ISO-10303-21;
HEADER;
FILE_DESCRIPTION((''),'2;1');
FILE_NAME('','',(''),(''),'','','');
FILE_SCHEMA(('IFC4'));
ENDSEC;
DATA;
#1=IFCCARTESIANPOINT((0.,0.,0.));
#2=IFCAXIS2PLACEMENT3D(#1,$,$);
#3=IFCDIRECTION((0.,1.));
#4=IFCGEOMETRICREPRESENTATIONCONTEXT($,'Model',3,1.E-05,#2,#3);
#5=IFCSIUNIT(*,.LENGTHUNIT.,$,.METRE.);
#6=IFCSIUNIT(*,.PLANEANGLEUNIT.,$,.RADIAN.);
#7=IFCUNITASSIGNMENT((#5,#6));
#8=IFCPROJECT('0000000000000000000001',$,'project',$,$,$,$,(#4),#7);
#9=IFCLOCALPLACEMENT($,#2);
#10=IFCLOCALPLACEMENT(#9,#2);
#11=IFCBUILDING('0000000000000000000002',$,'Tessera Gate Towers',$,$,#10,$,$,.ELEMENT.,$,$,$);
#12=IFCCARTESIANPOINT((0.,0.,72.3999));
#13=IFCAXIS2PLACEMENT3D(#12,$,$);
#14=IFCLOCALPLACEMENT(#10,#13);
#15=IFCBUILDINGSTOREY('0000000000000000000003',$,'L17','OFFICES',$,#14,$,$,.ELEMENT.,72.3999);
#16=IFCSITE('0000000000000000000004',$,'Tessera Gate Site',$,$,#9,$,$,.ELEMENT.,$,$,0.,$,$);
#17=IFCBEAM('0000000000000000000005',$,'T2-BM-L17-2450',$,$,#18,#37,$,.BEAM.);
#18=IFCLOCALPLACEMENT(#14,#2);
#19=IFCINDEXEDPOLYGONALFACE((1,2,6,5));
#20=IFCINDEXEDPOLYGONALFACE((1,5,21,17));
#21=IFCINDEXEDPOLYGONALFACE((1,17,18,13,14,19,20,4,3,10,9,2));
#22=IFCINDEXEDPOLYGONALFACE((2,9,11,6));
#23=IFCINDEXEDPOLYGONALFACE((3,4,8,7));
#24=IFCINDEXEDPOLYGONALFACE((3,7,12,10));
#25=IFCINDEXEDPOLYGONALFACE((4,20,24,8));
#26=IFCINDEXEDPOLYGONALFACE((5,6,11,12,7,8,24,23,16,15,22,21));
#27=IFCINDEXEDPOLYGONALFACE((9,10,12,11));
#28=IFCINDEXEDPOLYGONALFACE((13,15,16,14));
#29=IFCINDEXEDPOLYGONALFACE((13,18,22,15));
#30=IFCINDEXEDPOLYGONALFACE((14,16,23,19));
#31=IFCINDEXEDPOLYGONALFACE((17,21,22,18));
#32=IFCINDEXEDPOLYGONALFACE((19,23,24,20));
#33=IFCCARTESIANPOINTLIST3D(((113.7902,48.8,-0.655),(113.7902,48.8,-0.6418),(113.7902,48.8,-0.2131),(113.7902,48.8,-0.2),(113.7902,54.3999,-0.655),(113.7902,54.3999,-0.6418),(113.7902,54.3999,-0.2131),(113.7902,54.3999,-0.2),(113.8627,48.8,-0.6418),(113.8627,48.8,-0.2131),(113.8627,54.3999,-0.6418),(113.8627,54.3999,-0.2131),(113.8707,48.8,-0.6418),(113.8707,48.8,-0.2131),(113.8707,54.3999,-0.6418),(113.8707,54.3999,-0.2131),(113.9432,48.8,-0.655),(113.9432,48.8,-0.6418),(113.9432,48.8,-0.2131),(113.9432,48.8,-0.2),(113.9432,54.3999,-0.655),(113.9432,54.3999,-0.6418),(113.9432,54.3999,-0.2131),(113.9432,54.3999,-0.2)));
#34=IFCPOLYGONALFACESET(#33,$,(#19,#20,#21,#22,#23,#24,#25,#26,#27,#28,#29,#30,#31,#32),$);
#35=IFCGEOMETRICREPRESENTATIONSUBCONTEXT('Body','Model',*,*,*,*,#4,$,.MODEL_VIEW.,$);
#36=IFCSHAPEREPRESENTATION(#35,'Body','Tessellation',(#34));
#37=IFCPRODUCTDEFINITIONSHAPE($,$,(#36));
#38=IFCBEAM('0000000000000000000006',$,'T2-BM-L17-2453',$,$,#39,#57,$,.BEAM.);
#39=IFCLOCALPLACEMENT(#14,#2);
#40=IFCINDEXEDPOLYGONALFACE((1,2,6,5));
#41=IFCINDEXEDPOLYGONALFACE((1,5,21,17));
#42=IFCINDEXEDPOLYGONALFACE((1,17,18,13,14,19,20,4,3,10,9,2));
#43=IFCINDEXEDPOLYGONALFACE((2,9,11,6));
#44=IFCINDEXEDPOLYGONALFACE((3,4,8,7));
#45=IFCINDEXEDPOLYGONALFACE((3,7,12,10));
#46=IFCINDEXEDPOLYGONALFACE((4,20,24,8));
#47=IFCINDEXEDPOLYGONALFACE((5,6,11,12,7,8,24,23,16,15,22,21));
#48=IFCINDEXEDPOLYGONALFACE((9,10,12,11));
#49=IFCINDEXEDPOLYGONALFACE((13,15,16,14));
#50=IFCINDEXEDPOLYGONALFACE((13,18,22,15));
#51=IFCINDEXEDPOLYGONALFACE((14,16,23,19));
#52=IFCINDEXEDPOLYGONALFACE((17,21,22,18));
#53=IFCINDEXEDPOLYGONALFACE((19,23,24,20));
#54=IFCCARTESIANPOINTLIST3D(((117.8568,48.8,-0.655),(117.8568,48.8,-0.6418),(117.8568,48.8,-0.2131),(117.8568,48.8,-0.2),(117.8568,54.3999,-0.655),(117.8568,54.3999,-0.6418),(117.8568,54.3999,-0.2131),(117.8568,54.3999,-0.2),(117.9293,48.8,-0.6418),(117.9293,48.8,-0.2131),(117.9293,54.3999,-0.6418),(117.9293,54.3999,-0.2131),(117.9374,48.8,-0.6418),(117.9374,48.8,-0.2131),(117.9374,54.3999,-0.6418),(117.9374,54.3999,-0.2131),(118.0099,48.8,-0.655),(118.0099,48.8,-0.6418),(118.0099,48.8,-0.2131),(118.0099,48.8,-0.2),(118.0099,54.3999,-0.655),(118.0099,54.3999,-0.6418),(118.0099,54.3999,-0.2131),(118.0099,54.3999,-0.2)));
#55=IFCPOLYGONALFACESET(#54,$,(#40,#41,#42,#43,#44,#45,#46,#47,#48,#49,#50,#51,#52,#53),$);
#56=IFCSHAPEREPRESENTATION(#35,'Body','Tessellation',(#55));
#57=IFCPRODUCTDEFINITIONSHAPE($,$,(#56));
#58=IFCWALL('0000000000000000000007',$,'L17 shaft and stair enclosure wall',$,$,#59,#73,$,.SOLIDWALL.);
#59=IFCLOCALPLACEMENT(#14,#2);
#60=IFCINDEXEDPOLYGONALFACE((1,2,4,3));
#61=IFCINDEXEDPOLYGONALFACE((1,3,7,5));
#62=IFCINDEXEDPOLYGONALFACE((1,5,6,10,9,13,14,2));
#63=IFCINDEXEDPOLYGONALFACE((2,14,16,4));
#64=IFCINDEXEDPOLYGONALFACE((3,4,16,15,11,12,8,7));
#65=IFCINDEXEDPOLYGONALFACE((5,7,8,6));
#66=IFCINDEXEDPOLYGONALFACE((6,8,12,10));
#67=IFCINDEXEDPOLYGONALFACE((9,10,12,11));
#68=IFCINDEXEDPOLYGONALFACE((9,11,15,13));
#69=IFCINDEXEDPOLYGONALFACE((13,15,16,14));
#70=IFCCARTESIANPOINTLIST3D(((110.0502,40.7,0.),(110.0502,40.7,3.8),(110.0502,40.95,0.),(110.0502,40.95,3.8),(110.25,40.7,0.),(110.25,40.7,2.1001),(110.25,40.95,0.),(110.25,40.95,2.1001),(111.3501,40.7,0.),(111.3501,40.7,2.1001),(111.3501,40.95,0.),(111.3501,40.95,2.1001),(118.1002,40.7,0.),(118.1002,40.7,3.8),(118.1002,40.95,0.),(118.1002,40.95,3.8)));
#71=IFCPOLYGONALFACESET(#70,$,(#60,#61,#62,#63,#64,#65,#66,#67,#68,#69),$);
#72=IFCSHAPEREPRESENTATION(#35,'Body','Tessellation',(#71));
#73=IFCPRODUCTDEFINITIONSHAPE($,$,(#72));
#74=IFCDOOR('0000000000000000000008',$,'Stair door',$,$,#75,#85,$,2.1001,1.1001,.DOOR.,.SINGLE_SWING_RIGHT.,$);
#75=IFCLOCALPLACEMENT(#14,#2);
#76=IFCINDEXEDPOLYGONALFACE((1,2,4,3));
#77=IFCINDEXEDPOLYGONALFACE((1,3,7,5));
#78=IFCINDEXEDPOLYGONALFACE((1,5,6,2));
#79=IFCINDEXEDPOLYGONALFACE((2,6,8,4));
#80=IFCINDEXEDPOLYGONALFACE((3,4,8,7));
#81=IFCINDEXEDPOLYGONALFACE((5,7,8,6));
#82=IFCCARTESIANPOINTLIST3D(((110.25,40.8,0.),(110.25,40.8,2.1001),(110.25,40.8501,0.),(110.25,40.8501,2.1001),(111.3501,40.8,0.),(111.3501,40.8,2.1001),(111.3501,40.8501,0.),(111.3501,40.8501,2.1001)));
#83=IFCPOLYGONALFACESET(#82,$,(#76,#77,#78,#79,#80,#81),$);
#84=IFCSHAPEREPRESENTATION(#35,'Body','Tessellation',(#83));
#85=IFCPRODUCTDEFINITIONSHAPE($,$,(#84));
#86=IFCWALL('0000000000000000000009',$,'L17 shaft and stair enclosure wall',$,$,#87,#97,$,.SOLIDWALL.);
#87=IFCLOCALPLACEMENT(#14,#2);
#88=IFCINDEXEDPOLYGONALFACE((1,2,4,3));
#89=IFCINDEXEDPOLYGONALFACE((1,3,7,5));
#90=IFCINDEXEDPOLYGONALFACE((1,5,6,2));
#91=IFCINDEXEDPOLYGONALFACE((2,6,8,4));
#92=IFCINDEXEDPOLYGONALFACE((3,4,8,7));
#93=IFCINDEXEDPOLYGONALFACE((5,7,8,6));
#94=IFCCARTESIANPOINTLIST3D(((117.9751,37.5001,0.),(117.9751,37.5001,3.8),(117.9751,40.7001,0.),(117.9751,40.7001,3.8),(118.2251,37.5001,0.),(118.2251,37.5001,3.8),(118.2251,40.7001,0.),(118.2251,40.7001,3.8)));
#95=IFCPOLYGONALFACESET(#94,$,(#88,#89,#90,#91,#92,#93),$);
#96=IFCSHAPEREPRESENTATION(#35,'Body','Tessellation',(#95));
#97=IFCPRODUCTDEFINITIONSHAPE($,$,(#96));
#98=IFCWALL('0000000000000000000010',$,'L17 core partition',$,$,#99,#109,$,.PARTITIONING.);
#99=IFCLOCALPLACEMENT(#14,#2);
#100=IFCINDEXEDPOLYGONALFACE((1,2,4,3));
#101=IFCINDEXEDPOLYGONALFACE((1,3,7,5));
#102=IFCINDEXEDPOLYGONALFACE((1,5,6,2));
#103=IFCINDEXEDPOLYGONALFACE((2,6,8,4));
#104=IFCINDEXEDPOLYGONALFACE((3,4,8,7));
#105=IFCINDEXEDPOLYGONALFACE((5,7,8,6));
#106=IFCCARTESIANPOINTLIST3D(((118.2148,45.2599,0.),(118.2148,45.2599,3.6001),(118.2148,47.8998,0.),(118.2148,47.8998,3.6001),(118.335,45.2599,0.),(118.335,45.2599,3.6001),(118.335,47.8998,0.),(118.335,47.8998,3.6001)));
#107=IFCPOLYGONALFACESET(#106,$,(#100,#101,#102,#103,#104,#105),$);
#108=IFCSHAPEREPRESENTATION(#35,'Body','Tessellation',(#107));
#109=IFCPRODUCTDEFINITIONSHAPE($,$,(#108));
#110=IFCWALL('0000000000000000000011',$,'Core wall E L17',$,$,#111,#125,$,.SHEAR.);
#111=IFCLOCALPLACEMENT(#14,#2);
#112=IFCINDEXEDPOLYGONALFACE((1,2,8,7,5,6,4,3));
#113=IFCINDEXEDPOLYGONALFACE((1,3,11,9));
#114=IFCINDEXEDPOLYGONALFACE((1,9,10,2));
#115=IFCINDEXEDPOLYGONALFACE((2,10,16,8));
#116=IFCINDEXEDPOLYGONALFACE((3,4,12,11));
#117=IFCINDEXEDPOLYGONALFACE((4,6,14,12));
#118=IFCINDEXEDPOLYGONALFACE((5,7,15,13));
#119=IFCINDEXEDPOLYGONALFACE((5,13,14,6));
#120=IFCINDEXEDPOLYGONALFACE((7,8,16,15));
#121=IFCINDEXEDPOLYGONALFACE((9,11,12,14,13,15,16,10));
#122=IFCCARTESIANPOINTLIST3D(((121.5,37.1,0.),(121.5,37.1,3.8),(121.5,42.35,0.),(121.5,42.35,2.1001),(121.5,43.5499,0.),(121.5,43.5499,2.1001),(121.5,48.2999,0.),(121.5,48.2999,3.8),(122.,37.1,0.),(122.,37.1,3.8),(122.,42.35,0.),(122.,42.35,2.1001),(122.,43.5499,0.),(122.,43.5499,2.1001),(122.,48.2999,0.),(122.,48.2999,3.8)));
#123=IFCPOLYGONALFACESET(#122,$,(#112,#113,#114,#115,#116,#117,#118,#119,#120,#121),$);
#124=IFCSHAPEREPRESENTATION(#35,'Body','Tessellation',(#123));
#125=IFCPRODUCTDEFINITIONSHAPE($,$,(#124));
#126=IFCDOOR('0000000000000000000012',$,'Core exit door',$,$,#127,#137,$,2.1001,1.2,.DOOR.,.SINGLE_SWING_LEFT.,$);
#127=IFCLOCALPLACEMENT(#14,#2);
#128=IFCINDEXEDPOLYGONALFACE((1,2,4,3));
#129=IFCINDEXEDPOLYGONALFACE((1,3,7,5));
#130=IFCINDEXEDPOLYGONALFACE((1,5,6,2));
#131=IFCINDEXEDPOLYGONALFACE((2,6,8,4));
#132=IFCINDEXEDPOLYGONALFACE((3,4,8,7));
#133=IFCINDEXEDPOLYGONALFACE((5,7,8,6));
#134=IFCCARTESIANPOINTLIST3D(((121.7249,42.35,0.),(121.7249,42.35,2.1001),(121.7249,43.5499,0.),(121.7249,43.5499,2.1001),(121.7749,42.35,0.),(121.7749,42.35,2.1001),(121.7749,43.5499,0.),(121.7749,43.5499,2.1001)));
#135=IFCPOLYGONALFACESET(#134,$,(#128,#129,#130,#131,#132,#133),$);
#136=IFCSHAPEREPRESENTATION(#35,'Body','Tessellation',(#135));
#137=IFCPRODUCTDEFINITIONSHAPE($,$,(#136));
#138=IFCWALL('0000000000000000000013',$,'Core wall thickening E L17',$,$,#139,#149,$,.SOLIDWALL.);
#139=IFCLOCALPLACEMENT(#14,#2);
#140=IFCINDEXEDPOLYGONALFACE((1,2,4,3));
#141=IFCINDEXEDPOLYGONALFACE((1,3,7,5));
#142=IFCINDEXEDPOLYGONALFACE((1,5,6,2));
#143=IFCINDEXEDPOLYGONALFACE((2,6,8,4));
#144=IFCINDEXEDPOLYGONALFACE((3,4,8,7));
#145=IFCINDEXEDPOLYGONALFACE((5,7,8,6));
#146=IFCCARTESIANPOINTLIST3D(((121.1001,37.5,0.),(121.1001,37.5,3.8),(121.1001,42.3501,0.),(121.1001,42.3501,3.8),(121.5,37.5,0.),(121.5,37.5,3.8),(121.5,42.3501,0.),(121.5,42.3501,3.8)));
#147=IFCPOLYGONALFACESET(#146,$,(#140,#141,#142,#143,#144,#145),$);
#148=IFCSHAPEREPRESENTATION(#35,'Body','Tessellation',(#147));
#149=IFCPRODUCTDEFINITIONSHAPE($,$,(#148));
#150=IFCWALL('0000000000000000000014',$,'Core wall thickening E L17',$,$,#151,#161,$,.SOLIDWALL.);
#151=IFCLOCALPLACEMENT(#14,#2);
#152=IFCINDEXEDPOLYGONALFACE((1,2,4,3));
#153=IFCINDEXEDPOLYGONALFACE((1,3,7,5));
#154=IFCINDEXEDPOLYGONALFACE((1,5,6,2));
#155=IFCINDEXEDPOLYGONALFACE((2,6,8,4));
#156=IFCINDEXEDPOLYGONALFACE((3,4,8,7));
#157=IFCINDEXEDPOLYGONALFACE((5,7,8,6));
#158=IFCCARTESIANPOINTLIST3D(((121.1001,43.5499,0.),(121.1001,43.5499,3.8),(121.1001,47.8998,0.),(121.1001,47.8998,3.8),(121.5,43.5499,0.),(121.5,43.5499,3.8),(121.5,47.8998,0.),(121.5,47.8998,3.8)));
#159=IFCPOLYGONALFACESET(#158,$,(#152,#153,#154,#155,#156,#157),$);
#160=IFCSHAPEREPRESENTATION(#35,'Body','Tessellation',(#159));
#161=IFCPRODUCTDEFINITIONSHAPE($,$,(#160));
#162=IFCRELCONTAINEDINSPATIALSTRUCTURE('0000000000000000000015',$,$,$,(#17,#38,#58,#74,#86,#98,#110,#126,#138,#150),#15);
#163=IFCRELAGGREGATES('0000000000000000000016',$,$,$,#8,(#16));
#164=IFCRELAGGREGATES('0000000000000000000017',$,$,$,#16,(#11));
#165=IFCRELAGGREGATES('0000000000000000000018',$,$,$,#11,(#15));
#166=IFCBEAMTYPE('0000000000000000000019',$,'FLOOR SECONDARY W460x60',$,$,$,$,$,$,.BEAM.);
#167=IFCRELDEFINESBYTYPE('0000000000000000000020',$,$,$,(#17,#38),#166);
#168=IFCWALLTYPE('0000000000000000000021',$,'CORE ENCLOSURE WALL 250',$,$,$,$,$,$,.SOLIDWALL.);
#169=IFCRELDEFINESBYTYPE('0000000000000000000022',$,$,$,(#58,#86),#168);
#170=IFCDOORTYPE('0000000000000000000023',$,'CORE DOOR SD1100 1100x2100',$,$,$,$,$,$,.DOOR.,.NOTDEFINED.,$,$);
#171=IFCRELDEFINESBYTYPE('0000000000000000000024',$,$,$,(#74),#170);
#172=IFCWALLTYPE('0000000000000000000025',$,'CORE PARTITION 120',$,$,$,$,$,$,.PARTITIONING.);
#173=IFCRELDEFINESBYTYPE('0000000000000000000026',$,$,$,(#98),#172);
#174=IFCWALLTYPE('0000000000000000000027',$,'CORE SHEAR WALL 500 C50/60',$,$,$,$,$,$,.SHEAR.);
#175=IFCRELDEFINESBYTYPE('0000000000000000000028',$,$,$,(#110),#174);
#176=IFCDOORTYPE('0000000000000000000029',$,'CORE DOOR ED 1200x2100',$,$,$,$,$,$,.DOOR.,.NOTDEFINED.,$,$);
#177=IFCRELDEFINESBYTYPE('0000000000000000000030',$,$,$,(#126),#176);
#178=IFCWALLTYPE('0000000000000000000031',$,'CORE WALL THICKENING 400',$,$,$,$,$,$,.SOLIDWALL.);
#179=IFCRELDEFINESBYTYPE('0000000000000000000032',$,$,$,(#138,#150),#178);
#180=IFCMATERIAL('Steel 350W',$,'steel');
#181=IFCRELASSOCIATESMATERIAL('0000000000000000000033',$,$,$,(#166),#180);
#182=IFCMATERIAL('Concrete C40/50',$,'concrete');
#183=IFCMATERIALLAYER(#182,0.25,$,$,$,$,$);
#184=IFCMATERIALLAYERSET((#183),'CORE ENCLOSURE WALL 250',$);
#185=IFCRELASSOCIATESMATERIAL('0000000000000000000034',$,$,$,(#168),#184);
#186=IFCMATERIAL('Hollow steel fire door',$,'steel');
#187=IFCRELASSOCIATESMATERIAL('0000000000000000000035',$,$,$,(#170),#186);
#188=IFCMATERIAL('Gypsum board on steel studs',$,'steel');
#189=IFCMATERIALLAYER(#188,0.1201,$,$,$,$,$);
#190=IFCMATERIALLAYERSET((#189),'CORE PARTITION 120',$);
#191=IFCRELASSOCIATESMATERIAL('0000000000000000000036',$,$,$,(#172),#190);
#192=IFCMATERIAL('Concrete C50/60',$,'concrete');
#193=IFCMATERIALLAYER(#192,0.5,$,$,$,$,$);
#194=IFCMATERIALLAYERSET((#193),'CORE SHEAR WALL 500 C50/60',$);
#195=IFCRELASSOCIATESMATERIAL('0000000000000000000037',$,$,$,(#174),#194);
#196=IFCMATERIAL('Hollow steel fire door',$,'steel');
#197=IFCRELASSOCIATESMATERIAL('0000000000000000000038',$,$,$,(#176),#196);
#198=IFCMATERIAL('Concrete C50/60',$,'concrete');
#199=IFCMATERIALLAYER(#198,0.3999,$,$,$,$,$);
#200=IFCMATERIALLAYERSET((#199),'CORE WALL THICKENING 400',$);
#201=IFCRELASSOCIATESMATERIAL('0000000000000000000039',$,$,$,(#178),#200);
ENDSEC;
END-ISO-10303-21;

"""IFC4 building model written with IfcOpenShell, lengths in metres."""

from ifc_helpers import new_model, si_unit, direction, frame, frame_2d, origin, origin_2d, place, context, subcontext, project, spatial, rectangle, i_section, extrude, source, transform, mapped, material, layer, layer_set, material_profile, profile_set, type_object, element, fill, save


model = new_model("IFC4")

# Units and contexts
model_context = context("Model", 3, precision=1e-05, world=origin(), true_north=direction((0.0, 1.0)))
body_context = subcontext(model_context, "Body", "Model", "MODEL_VIEW")
ifc_project = project(units=[si_unit("LENGTHUNIT", "METRE"), si_unit("PLANEANGLEUNIT", "RADIAN")], contexts=[model_context])

# Site, building, storey
site_placement = place(None, origin())
site = spatial("IfcSite", under=ifc_project, at=site_placement, Name="Tessera Gate Site", CompositionType="ELEMENT", RefElevation=0.0)
building_placement = place(site_placement, origin())
building = spatial("IfcBuilding", under=site, at=building_placement, Name="Tessera Gate Towers", CompositionType="ELEMENT")
storey_placement = place(building_placement, frame((0.0, 0.0, 72.3999)))
storey = spatial("IfcBuildingStorey", under=building, at=storey_placement, Name="L17", Description="OFFICES", CompositionType="ELEMENT", Elevation=72.3999)

# Beams
ifc_material_1 = material(Name="Steel 350W", Category="steel")
ifc_material_profile = material_profile(ifc_material_1, i_section(OverallWidth=0.1531, OverallDepth=0.4551, WebThickness=0.0081, FlangeThickness=0.0132, at=origin_2d()), Name="W460x60")
ifc_profile_set = profile_set([ifc_material_profile], Name="Steel 350W")
beam_type = type_object("IfcBeamType", Name="FLOOR SECONDARY W460x60", PredefinedType="BEAM", material=ifc_profile_set)
for number, where, z_axis, x_axis, name in (
    (1, (113.8667, 48.8, -0.4275), (0.0, 1.0, 0.0), (-1.0, 0.0, 0.0), "T2-BM-L17-2450"),
    (2, (117.9333, 48.8, -0.4275), (0.0, 1.0, 0.0), (-1.0, 0.0, 0.0), "T2-BM-L17-2453"),
):
    element("IfcBeam", number, at=place(storey_placement, frame(where, z_axis=z_axis, x_axis=x_axis)), inside=storey, type_object=beam_type, Name=name, PredefinedType="BEAM", context=body_context, shape_type="SweptSolid", body=[
        extrude(i_section(OverallWidth=0.1531, OverallDepth=0.4551, WebThickness=0.0081, FlangeThickness=0.0132, at=origin_2d()), origin(), (0.0, 0.0, 1.0), 5.5999),
    ])

# Wall, opening, door
ifc_material_2 = material(Name="Concrete C40/50", Category="concrete")
ifc_layer_1 = layer(ifc_material_2, 0.25)
ifc_layer_set_1 = layer_set([ifc_layer_1], Name="CORE ENCLOSURE WALL 250")
wall_type_1 = type_object("IfcWallType", Name="CORE ENCLOSURE WALL 250", PredefinedType="SOLIDWALL", material=ifc_layer_set_1)
wall_1_placement = place(storey_placement, frame((118.1001, 40.825, 0.0), z_axis=(0.0, 0.0, 1.0), x_axis=(-1.0, 0.0, 0.0)))
wall_1 = element("IfcWall", 3, at=wall_1_placement, inside=storey, type_object=wall_type_1, Name="L17 shaft and stair enclosure wall", PredefinedType="SOLIDWALL", context=body_context, shape_type="SweptSolid", body=[
    extrude(rectangle(XDim=8.05, YDim=0.25, at=frame_2d((4.0249, 0.0))), origin(), (0.0, 0.0, 1.0), 3.8),
])
shared_shape_1 = source(origin(), body_context, "Body", "SweptSolid", [
    extrude(rectangle(XDim=1.1001, YDim=2.1001, at=frame_2d((0.55, 1.05))), frame((0.0, 0.135, 0.0), z_axis=(0.0, -1.0, 0.0), x_axis=(1.0, 0.0, 0.0)), (0.0, 0.0, 1.0), 0.27),
])
opening_1_placement = place(wall_1_placement, frame((6.75, 0.0, 0.0)))
opening_1 = element("IfcOpeningElement", 4, at=opening_1_placement, cuts=wall_1, PredefinedType="OPENING", context=body_context, shape_type="MappedRepresentation", body=[
    mapped(shared_shape_1, transform((0.0, 0.0, 0.0), scale=1.0)),
])
ifc_material_3 = material(Name="Hollow steel fire door", Category="steel")
door_type_1 = type_object("IfcDoorType", Name="CORE DOOR SD1100 1100x2100", OperationType="NOTDEFINED", PredefinedType="DOOR", material=ifc_material_3)
shared_shape_2 = source(origin(), body_context, "Body", "SweptSolid", [
    extrude(rectangle(XDim=1.1001, YDim=2.1001, at=frame_2d((0.55, 1.05))), frame((0.0, 0.0249, 0.0), z_axis=(0.0, -1.0, 0.0), x_axis=(1.0, 0.0, 0.0)), (0.0, 0.0, 1.0), 0.05),
])
door_1_placement = place(opening_1_placement, origin())
door_1 = element("IfcDoor", 5, at=door_1_placement, inside=storey, type_object=door_type_1, Name="Stair door", OperationType="SINGLE_SWING_RIGHT", OverallHeight=2.1001, OverallWidth=1.1001, PredefinedType="DOOR", context=body_context, shape_type="MappedRepresentation", body=[
    mapped(shared_shape_2, transform((0.0, 0.0, 0.0), scale=1.0)),
])
fill(opening_1, door_1)

# Walls
wall_2_placement = place(storey_placement, frame((118.1001, 37.5, 0.0), z_axis=(0.0, 0.0, 1.0), x_axis=(0.0, 1.0, 0.0)))
element("IfcWall", 6, at=wall_2_placement, inside=storey, type_object=wall_type_1, Name="L17 shaft and stair enclosure wall", PredefinedType="SOLIDWALL", context=body_context, shape_type="SweptSolid", body=[
    extrude(rectangle(XDim=3.2, YDim=0.25, at=frame_2d((1.6001, 0.0))), origin(), (0.0, 0.0, 1.0), 3.8),
])
ifc_material_4 = material(Name="Gypsum board on steel studs", Category="steel")
ifc_layer_2 = layer(ifc_material_4, 0.1201)
ifc_layer_set_2 = layer_set([ifc_layer_2], Name="CORE PARTITION 120")
wall_type_2 = type_object("IfcWallType", Name="CORE PARTITION 120", PredefinedType="PARTITIONING", material=ifc_layer_set_2)
wall_3_placement = place(storey_placement, frame((118.2749, 45.26, 0.0), z_axis=(0.0, 0.0, 1.0), x_axis=(0.0, 1.0, 0.0)))
element("IfcWall", 7, at=wall_3_placement, inside=storey, type_object=wall_type_2, Name="L17 core partition", PredefinedType="PARTITIONING", context=body_context, shape_type="SweptSolid", body=[
    extrude(rectangle(XDim=2.6399, YDim=0.1201, at=frame_2d((1.3198, 0.0))), origin(), (0.0, 0.0, 1.0), 3.6001),
])

# Wall, opening, door
ifc_material_5 = material(Name="Concrete C50/60", Category="concrete")
ifc_layer_3 = layer(ifc_material_5, 0.5)
ifc_layer_set_3 = layer_set([ifc_layer_3], Name="CORE SHEAR WALL 500 C50/60")
wall_type_3 = type_object("IfcWallType", Name="CORE SHEAR WALL 500 C50/60", PredefinedType="SHEAR", material=ifc_layer_set_3)
wall_4_placement = place(storey_placement, frame((121.75, 48.3, 0.0), z_axis=(0.0, 0.0, 1.0), x_axis=(0.0, -1.0, 0.0)))
wall_4 = element("IfcWall", 8, at=wall_4_placement, inside=storey, type_object=wall_type_3, Name="Core wall E L17", PredefinedType="SHEAR", context=body_context, shape_type="SweptSolid", body=[
    extrude(rectangle(XDim=11.2, YDim=0.5, at=frame_2d((5.6001, 0.0))), origin(), (0.0, 0.0, 1.0), 3.8),
])
shared_shape_3 = source(origin(), body_context, "Body", "SweptSolid", [
    extrude(rectangle(XDim=1.2, YDim=2.1001, at=frame_2d((0.6001, 1.05))), frame((0.0, 0.26, 0.0), z_axis=(0.0, -1.0, 0.0), x_axis=(1.0, 0.0, 0.0)), (0.0, 0.0, 1.0), 0.52),
])
opening_2_placement = place(wall_4_placement, frame((4.75, 0.0, 0.0)))
opening_2 = element("IfcOpeningElement", 9, at=opening_2_placement, cuts=wall_4, PredefinedType="OPENING", context=body_context, shape_type="MappedRepresentation", body=[
    mapped(shared_shape_3, transform((0.0, 0.0, 0.0), scale=1.0)),
])
ifc_material_6 = material(Name="Hollow steel fire door", Category="steel")
door_type_2 = type_object("IfcDoorType", Name="CORE DOOR ED 1200x2100", OperationType="NOTDEFINED", PredefinedType="DOOR", material=ifc_material_6)
shared_shape_4 = source(origin(), body_context, "Body", "SweptSolid", [
    extrude(rectangle(XDim=1.2, YDim=2.1001, at=frame_2d((0.6001, 1.05))), frame((0.0, 0.0249, 0.0), z_axis=(0.0, -1.0, 0.0), x_axis=(1.0, 0.0, 0.0)), (0.0, 0.0, 1.0), 0.05),
])
door_2_placement = place(opening_2_placement, origin())
door_2 = element("IfcDoor", 10, at=door_2_placement, inside=storey, type_object=door_type_2, Name="Core exit door", OperationType="SINGLE_SWING_LEFT", OverallHeight=2.1001, OverallWidth=1.2, PredefinedType="DOOR", context=body_context, shape_type="MappedRepresentation", body=[
    mapped(shared_shape_4, transform((0.0, 0.0, 0.0), scale=1.0)),
])
fill(opening_2, door_2)

# Walls
ifc_material_7 = material(Name="Concrete C50/60", Category="concrete")
ifc_layer_4 = layer(ifc_material_7, 0.3999)
ifc_layer_set_4 = layer_set([ifc_layer_4], Name="CORE WALL THICKENING 400")
wall_type_4 = type_object("IfcWallType", Name="CORE WALL THICKENING 400", PredefinedType="SOLIDWALL", material=ifc_layer_set_4)
wall_5_placement = place(storey_placement, frame((121.3, 37.5, 0.0), z_axis=(0.0, 0.0, 1.0), x_axis=(0.0, 1.0, 0.0)))
element("IfcWall", 11, at=wall_5_placement, inside=storey, type_object=wall_type_4, Name="Core wall thickening E L17", PredefinedType="SOLIDWALL", context=body_context, shape_type="SweptSolid", body=[
    extrude(rectangle(XDim=4.8501, YDim=0.3999, at=frame_2d((2.425, 0.0))), origin(), (0.0, 0.0, 1.0), 3.8),
])
wall_6_placement = place(storey_placement, frame((121.3, 43.55, 0.0), z_axis=(0.0, 0.0, 1.0), x_axis=(0.0, 1.0, 0.0)))
element("IfcWall", 12, at=wall_6_placement, inside=storey, type_object=wall_type_4, Name="Core wall thickening E L17", PredefinedType="SOLIDWALL", context=body_context, shape_type="SweptSolid", body=[
    extrude(rectangle(XDim=4.3499, YDim=0.3999, at=frame_2d((2.1748, 0.0))), origin(), (0.0, 0.0, 1.0), 3.8),
])

save(model, "model.ifc")
